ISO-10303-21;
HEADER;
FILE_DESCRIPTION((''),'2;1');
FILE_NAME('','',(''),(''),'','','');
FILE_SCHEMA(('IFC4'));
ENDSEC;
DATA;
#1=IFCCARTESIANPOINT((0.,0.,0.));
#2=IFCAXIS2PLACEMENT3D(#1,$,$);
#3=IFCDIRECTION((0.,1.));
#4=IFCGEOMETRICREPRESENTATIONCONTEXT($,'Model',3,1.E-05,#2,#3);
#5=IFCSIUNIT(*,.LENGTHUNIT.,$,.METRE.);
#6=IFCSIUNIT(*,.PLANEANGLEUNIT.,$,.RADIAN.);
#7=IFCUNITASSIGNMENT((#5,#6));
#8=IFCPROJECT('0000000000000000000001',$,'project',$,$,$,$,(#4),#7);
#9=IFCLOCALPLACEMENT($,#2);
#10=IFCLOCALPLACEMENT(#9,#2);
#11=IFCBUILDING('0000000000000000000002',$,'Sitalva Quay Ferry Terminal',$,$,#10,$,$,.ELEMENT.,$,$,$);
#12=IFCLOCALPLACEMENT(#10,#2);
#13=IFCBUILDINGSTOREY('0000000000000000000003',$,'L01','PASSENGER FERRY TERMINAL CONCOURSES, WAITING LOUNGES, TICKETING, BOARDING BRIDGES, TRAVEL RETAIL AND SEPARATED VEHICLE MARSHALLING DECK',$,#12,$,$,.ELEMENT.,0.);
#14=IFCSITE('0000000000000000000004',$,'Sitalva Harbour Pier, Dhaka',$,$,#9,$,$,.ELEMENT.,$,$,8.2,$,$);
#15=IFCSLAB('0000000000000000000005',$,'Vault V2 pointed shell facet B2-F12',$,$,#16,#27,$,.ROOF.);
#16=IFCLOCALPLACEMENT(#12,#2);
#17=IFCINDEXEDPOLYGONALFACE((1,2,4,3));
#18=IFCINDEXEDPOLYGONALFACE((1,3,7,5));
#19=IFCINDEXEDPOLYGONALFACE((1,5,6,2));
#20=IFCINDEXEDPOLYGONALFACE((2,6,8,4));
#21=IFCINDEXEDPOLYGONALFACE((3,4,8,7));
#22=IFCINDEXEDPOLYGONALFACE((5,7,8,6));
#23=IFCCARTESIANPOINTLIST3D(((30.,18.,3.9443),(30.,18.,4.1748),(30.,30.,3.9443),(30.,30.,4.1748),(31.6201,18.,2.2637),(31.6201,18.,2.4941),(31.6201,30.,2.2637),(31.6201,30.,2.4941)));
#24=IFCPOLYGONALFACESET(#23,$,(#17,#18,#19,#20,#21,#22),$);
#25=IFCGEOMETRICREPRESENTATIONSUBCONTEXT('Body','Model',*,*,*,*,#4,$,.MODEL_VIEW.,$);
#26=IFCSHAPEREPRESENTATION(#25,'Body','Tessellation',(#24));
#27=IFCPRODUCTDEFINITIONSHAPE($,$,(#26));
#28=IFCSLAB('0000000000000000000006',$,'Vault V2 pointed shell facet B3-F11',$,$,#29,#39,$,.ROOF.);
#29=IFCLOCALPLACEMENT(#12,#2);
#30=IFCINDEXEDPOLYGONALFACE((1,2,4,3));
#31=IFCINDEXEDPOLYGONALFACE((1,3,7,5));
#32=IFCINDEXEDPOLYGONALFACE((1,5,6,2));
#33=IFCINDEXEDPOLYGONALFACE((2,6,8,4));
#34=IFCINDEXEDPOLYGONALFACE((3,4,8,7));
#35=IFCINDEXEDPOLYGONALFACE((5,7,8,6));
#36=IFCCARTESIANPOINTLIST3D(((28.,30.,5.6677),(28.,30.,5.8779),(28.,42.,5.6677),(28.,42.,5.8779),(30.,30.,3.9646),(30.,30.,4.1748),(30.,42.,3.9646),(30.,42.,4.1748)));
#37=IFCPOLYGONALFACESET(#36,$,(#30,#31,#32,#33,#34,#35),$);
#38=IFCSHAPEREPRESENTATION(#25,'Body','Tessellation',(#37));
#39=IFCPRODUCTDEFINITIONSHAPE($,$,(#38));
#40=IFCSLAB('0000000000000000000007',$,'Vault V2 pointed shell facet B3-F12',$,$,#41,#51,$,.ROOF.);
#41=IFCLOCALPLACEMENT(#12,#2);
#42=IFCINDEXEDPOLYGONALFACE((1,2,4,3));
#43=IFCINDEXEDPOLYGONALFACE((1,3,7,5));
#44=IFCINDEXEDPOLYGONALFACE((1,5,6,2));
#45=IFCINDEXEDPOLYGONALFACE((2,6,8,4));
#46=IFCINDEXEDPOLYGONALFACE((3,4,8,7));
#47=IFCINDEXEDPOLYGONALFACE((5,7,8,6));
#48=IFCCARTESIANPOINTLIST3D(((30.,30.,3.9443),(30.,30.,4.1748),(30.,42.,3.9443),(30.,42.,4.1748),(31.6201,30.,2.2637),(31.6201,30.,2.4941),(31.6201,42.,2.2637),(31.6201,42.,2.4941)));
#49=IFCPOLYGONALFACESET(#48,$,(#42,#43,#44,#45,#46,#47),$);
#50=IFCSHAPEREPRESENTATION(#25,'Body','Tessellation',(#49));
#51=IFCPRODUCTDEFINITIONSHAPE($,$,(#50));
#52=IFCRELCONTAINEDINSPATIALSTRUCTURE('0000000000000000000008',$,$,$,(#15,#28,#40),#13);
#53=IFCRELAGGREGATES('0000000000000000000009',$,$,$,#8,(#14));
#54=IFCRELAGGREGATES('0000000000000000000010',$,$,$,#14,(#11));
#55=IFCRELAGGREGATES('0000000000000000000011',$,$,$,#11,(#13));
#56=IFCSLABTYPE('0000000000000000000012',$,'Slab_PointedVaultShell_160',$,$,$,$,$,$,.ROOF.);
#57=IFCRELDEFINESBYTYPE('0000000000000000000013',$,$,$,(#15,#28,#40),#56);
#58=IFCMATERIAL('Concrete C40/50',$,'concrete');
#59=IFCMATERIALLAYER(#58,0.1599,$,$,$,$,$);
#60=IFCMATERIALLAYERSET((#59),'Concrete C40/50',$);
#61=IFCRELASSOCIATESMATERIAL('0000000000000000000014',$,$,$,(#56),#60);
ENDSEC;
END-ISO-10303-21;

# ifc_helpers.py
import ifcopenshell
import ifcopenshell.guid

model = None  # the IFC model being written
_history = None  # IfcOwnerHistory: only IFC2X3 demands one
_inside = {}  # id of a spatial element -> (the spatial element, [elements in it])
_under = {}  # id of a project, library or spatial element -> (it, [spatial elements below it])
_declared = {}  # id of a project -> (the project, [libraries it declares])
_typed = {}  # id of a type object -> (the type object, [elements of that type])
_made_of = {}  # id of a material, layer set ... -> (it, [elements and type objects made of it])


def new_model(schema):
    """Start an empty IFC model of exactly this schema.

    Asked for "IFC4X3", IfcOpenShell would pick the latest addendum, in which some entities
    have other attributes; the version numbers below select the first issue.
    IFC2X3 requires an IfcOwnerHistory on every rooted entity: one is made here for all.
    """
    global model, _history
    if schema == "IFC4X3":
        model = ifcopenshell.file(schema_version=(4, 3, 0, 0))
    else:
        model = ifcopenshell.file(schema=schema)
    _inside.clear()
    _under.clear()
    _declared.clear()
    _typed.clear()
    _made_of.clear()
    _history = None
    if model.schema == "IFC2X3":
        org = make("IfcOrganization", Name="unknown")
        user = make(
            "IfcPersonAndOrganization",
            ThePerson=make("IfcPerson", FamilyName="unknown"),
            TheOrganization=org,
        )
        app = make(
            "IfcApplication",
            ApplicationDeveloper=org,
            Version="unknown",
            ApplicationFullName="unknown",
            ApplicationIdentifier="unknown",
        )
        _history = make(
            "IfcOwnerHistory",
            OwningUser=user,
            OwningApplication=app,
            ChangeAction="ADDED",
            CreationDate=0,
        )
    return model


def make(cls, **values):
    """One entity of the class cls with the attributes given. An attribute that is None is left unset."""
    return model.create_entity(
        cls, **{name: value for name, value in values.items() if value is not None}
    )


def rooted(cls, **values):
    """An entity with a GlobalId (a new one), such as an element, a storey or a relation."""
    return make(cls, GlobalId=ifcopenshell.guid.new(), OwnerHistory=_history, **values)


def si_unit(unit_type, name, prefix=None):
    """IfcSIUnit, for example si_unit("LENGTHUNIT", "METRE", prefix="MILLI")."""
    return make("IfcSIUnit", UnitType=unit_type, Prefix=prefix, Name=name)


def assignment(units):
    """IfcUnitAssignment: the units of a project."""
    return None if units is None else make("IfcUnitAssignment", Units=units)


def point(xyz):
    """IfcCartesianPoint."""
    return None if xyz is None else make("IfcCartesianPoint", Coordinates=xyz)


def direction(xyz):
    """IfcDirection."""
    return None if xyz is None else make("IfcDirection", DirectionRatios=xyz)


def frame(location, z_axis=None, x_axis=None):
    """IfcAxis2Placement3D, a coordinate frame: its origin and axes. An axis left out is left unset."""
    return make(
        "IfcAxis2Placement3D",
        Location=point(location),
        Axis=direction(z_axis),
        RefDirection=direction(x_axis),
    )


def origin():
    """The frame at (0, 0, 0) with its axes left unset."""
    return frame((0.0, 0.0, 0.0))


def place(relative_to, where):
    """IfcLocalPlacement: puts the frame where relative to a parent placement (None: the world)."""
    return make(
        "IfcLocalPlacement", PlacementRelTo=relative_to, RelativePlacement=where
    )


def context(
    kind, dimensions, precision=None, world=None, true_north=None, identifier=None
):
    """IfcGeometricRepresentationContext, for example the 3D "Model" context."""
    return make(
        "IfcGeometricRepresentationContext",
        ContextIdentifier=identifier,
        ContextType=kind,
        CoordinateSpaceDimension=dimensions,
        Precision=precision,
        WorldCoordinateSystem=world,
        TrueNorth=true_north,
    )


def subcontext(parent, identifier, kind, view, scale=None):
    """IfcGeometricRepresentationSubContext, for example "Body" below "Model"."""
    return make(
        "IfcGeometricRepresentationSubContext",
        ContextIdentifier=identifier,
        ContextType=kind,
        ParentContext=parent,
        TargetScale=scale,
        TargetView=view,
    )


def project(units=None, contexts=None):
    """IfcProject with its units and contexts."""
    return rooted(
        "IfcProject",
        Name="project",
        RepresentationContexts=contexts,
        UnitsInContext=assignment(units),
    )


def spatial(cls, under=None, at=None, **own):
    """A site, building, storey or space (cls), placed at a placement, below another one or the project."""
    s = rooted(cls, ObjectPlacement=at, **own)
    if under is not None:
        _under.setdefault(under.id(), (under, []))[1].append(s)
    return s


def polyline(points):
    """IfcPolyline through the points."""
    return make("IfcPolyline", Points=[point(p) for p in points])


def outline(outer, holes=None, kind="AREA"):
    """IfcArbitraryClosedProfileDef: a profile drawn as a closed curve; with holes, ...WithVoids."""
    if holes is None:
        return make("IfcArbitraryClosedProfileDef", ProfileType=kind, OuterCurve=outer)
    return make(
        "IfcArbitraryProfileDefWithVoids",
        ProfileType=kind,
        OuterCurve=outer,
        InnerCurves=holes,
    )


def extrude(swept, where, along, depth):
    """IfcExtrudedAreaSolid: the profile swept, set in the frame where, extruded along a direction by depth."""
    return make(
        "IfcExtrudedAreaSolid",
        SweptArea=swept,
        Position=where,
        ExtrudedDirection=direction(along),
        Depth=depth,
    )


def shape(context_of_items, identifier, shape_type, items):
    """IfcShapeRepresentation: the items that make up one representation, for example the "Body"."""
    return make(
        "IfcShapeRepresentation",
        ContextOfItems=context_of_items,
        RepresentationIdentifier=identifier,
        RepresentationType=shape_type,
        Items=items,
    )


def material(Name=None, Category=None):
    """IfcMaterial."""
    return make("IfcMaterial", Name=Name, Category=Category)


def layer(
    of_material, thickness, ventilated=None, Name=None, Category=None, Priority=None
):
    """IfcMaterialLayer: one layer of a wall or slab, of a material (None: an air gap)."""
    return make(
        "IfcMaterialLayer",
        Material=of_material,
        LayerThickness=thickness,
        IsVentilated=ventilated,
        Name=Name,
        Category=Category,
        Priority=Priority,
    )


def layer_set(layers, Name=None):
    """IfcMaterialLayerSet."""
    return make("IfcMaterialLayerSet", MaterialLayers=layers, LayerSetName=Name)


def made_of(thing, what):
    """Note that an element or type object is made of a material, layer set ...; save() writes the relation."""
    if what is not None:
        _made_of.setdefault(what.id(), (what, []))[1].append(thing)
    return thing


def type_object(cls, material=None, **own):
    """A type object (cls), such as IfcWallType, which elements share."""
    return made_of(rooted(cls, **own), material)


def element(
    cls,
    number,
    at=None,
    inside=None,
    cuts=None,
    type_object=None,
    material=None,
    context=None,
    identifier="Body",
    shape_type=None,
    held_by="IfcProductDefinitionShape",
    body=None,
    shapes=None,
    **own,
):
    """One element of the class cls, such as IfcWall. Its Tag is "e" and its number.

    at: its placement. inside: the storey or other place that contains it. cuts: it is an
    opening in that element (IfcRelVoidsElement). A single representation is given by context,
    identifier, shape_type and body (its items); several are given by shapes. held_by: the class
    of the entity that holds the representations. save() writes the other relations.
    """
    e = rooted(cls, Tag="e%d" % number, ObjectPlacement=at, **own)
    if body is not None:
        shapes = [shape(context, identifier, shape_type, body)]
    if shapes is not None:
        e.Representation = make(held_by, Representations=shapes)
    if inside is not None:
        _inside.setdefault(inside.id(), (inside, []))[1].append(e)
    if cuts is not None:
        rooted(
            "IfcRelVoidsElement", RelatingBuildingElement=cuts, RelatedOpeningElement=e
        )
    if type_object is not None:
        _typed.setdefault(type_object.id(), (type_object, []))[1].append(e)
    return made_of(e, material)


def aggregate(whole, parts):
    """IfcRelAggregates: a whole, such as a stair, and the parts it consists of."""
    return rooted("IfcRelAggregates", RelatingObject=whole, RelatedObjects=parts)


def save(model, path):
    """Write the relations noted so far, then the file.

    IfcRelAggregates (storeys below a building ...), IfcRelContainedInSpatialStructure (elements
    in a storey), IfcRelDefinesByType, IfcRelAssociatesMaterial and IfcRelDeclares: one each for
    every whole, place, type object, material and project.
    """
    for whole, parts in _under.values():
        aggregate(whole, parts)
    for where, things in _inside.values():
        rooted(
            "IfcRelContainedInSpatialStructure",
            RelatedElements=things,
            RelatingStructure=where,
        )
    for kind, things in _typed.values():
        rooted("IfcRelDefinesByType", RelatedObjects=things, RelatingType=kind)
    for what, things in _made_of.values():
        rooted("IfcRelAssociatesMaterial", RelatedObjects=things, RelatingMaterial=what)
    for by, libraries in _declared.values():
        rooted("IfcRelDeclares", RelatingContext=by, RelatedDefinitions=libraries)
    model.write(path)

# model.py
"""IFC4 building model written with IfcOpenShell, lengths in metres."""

from ifc_helpers import new_model, si_unit, direction, frame, origin, place, context, subcontext, project, spatial, polyline, outline, extrude, material, layer, layer_set, type_object, element, save


model = new_model("IFC4")

# Units and contexts
model_context = context("Model", 3, precision=1e-05, world=origin(), true_north=direction((0.0, 1.0)))
body_context = subcontext(model_context, "Body", "Model", "MODEL_VIEW")
ifc_project = project(units=[si_unit("LENGTHUNIT", "METRE"), si_unit("PLANEANGLEUNIT", "RADIAN")], contexts=[model_context])

# Site, building, storey
site_placement = place(None, origin())
site = spatial("IfcSite", under=ifc_project, at=site_placement, Name="Sitalva Harbour Pier, Dhaka", CompositionType="ELEMENT", RefElevation=8.2)
building_placement = place(site_placement, origin())
building = spatial("IfcBuilding", under=site, at=building_placement, Name="Sitalva Quay Ferry Terminal", CompositionType="ELEMENT")
storey_placement = place(building_placement, origin())
storey = spatial("IfcBuildingStorey", under=building, at=storey_placement, Name="L01", Description="PASSENGER FERRY TERMINAL CONCOURSES, WAITING LOUNGES, TICKETING, BOARDING BRIDGES, TRAVEL RETAIL AND SEPARATED VEHICLE MARSHALLING DECK", CompositionType="ELEMENT", Elevation=0.0)

# Slabs
ifc_material_1 = material(Name="Concrete C40/50", Category="concrete")
ifc_layer_1 = layer(ifc_material_1, 0.1599)
ifc_layer_set_1 = layer_set([ifc_layer_1], Name="Concrete C40/50")
slab_type = type_object("IfcSlabType", Name="Slab_PointedVaultShell_160", PredefinedType="ROOF", material=ifc_layer_set_1)
slab_1_placement = place(storey_placement, frame((30.0, 18.0, 4.1748), z_axis=(0.719956, 0.0, 0.694019), x_axis=(0.694019, 0.0, -0.719956)))
element("IfcSlab", 1, at=slab_1_placement, inside=storey, type_object=slab_type, Name="Vault V2 pointed shell facet B2-F12", PredefinedType="ROOF", context=body_context, shape_type="SweptSolid", body=[
    extrude(outline(polyline([(0.0, 0.0), (2.3344, 0.0), (2.3344, 12.0), (0.0, 12.0), (0.0, 0.0)])), origin(), (0.719956, 0.0, -0.694019), 0.2305),
])
slab_2_placement = place(storey_placement, frame((28.0, 30.0, 5.8779), z_axis=(0.648339, 0.0, 0.761352), x_axis=(0.761352, 0.0, -0.648339)))
element("IfcSlab", 2, at=slab_2_placement, inside=storey, type_object=slab_type, Name="Vault V2 pointed shell facet B3-F11", PredefinedType="ROOF", context=body_context, shape_type="SweptSolid", body=[
    extrude(outline(polyline([(0.0, 0.0), (2.6269, 0.0), (2.6269, 12.0), (0.0, 12.0), (0.0, 0.0)])), origin(), (0.648339, 0.0, -0.761352), 0.2102),
])
slab_3_placement = place(storey_placement, frame((30.0, 30.0, 4.1748), z_axis=(0.719956, 0.0, 0.694019), x_axis=(0.694019, 0.0, -0.719956)))
element("IfcSlab", 3, at=slab_3_placement, inside=storey, type_object=slab_type, Name="Vault V2 pointed shell facet B3-F12", PredefinedType="ROOF", context=body_context, shape_type="SweptSolid", body=[
    extrude(outline(polyline([(0.0, 0.0), (2.3344, 0.0), (2.3344, 12.0), (0.0, 12.0), (0.0, 0.0)])), origin(), (0.719956, 0.0, -0.694019), 0.2305),
])

save(model, "model.ifc")
